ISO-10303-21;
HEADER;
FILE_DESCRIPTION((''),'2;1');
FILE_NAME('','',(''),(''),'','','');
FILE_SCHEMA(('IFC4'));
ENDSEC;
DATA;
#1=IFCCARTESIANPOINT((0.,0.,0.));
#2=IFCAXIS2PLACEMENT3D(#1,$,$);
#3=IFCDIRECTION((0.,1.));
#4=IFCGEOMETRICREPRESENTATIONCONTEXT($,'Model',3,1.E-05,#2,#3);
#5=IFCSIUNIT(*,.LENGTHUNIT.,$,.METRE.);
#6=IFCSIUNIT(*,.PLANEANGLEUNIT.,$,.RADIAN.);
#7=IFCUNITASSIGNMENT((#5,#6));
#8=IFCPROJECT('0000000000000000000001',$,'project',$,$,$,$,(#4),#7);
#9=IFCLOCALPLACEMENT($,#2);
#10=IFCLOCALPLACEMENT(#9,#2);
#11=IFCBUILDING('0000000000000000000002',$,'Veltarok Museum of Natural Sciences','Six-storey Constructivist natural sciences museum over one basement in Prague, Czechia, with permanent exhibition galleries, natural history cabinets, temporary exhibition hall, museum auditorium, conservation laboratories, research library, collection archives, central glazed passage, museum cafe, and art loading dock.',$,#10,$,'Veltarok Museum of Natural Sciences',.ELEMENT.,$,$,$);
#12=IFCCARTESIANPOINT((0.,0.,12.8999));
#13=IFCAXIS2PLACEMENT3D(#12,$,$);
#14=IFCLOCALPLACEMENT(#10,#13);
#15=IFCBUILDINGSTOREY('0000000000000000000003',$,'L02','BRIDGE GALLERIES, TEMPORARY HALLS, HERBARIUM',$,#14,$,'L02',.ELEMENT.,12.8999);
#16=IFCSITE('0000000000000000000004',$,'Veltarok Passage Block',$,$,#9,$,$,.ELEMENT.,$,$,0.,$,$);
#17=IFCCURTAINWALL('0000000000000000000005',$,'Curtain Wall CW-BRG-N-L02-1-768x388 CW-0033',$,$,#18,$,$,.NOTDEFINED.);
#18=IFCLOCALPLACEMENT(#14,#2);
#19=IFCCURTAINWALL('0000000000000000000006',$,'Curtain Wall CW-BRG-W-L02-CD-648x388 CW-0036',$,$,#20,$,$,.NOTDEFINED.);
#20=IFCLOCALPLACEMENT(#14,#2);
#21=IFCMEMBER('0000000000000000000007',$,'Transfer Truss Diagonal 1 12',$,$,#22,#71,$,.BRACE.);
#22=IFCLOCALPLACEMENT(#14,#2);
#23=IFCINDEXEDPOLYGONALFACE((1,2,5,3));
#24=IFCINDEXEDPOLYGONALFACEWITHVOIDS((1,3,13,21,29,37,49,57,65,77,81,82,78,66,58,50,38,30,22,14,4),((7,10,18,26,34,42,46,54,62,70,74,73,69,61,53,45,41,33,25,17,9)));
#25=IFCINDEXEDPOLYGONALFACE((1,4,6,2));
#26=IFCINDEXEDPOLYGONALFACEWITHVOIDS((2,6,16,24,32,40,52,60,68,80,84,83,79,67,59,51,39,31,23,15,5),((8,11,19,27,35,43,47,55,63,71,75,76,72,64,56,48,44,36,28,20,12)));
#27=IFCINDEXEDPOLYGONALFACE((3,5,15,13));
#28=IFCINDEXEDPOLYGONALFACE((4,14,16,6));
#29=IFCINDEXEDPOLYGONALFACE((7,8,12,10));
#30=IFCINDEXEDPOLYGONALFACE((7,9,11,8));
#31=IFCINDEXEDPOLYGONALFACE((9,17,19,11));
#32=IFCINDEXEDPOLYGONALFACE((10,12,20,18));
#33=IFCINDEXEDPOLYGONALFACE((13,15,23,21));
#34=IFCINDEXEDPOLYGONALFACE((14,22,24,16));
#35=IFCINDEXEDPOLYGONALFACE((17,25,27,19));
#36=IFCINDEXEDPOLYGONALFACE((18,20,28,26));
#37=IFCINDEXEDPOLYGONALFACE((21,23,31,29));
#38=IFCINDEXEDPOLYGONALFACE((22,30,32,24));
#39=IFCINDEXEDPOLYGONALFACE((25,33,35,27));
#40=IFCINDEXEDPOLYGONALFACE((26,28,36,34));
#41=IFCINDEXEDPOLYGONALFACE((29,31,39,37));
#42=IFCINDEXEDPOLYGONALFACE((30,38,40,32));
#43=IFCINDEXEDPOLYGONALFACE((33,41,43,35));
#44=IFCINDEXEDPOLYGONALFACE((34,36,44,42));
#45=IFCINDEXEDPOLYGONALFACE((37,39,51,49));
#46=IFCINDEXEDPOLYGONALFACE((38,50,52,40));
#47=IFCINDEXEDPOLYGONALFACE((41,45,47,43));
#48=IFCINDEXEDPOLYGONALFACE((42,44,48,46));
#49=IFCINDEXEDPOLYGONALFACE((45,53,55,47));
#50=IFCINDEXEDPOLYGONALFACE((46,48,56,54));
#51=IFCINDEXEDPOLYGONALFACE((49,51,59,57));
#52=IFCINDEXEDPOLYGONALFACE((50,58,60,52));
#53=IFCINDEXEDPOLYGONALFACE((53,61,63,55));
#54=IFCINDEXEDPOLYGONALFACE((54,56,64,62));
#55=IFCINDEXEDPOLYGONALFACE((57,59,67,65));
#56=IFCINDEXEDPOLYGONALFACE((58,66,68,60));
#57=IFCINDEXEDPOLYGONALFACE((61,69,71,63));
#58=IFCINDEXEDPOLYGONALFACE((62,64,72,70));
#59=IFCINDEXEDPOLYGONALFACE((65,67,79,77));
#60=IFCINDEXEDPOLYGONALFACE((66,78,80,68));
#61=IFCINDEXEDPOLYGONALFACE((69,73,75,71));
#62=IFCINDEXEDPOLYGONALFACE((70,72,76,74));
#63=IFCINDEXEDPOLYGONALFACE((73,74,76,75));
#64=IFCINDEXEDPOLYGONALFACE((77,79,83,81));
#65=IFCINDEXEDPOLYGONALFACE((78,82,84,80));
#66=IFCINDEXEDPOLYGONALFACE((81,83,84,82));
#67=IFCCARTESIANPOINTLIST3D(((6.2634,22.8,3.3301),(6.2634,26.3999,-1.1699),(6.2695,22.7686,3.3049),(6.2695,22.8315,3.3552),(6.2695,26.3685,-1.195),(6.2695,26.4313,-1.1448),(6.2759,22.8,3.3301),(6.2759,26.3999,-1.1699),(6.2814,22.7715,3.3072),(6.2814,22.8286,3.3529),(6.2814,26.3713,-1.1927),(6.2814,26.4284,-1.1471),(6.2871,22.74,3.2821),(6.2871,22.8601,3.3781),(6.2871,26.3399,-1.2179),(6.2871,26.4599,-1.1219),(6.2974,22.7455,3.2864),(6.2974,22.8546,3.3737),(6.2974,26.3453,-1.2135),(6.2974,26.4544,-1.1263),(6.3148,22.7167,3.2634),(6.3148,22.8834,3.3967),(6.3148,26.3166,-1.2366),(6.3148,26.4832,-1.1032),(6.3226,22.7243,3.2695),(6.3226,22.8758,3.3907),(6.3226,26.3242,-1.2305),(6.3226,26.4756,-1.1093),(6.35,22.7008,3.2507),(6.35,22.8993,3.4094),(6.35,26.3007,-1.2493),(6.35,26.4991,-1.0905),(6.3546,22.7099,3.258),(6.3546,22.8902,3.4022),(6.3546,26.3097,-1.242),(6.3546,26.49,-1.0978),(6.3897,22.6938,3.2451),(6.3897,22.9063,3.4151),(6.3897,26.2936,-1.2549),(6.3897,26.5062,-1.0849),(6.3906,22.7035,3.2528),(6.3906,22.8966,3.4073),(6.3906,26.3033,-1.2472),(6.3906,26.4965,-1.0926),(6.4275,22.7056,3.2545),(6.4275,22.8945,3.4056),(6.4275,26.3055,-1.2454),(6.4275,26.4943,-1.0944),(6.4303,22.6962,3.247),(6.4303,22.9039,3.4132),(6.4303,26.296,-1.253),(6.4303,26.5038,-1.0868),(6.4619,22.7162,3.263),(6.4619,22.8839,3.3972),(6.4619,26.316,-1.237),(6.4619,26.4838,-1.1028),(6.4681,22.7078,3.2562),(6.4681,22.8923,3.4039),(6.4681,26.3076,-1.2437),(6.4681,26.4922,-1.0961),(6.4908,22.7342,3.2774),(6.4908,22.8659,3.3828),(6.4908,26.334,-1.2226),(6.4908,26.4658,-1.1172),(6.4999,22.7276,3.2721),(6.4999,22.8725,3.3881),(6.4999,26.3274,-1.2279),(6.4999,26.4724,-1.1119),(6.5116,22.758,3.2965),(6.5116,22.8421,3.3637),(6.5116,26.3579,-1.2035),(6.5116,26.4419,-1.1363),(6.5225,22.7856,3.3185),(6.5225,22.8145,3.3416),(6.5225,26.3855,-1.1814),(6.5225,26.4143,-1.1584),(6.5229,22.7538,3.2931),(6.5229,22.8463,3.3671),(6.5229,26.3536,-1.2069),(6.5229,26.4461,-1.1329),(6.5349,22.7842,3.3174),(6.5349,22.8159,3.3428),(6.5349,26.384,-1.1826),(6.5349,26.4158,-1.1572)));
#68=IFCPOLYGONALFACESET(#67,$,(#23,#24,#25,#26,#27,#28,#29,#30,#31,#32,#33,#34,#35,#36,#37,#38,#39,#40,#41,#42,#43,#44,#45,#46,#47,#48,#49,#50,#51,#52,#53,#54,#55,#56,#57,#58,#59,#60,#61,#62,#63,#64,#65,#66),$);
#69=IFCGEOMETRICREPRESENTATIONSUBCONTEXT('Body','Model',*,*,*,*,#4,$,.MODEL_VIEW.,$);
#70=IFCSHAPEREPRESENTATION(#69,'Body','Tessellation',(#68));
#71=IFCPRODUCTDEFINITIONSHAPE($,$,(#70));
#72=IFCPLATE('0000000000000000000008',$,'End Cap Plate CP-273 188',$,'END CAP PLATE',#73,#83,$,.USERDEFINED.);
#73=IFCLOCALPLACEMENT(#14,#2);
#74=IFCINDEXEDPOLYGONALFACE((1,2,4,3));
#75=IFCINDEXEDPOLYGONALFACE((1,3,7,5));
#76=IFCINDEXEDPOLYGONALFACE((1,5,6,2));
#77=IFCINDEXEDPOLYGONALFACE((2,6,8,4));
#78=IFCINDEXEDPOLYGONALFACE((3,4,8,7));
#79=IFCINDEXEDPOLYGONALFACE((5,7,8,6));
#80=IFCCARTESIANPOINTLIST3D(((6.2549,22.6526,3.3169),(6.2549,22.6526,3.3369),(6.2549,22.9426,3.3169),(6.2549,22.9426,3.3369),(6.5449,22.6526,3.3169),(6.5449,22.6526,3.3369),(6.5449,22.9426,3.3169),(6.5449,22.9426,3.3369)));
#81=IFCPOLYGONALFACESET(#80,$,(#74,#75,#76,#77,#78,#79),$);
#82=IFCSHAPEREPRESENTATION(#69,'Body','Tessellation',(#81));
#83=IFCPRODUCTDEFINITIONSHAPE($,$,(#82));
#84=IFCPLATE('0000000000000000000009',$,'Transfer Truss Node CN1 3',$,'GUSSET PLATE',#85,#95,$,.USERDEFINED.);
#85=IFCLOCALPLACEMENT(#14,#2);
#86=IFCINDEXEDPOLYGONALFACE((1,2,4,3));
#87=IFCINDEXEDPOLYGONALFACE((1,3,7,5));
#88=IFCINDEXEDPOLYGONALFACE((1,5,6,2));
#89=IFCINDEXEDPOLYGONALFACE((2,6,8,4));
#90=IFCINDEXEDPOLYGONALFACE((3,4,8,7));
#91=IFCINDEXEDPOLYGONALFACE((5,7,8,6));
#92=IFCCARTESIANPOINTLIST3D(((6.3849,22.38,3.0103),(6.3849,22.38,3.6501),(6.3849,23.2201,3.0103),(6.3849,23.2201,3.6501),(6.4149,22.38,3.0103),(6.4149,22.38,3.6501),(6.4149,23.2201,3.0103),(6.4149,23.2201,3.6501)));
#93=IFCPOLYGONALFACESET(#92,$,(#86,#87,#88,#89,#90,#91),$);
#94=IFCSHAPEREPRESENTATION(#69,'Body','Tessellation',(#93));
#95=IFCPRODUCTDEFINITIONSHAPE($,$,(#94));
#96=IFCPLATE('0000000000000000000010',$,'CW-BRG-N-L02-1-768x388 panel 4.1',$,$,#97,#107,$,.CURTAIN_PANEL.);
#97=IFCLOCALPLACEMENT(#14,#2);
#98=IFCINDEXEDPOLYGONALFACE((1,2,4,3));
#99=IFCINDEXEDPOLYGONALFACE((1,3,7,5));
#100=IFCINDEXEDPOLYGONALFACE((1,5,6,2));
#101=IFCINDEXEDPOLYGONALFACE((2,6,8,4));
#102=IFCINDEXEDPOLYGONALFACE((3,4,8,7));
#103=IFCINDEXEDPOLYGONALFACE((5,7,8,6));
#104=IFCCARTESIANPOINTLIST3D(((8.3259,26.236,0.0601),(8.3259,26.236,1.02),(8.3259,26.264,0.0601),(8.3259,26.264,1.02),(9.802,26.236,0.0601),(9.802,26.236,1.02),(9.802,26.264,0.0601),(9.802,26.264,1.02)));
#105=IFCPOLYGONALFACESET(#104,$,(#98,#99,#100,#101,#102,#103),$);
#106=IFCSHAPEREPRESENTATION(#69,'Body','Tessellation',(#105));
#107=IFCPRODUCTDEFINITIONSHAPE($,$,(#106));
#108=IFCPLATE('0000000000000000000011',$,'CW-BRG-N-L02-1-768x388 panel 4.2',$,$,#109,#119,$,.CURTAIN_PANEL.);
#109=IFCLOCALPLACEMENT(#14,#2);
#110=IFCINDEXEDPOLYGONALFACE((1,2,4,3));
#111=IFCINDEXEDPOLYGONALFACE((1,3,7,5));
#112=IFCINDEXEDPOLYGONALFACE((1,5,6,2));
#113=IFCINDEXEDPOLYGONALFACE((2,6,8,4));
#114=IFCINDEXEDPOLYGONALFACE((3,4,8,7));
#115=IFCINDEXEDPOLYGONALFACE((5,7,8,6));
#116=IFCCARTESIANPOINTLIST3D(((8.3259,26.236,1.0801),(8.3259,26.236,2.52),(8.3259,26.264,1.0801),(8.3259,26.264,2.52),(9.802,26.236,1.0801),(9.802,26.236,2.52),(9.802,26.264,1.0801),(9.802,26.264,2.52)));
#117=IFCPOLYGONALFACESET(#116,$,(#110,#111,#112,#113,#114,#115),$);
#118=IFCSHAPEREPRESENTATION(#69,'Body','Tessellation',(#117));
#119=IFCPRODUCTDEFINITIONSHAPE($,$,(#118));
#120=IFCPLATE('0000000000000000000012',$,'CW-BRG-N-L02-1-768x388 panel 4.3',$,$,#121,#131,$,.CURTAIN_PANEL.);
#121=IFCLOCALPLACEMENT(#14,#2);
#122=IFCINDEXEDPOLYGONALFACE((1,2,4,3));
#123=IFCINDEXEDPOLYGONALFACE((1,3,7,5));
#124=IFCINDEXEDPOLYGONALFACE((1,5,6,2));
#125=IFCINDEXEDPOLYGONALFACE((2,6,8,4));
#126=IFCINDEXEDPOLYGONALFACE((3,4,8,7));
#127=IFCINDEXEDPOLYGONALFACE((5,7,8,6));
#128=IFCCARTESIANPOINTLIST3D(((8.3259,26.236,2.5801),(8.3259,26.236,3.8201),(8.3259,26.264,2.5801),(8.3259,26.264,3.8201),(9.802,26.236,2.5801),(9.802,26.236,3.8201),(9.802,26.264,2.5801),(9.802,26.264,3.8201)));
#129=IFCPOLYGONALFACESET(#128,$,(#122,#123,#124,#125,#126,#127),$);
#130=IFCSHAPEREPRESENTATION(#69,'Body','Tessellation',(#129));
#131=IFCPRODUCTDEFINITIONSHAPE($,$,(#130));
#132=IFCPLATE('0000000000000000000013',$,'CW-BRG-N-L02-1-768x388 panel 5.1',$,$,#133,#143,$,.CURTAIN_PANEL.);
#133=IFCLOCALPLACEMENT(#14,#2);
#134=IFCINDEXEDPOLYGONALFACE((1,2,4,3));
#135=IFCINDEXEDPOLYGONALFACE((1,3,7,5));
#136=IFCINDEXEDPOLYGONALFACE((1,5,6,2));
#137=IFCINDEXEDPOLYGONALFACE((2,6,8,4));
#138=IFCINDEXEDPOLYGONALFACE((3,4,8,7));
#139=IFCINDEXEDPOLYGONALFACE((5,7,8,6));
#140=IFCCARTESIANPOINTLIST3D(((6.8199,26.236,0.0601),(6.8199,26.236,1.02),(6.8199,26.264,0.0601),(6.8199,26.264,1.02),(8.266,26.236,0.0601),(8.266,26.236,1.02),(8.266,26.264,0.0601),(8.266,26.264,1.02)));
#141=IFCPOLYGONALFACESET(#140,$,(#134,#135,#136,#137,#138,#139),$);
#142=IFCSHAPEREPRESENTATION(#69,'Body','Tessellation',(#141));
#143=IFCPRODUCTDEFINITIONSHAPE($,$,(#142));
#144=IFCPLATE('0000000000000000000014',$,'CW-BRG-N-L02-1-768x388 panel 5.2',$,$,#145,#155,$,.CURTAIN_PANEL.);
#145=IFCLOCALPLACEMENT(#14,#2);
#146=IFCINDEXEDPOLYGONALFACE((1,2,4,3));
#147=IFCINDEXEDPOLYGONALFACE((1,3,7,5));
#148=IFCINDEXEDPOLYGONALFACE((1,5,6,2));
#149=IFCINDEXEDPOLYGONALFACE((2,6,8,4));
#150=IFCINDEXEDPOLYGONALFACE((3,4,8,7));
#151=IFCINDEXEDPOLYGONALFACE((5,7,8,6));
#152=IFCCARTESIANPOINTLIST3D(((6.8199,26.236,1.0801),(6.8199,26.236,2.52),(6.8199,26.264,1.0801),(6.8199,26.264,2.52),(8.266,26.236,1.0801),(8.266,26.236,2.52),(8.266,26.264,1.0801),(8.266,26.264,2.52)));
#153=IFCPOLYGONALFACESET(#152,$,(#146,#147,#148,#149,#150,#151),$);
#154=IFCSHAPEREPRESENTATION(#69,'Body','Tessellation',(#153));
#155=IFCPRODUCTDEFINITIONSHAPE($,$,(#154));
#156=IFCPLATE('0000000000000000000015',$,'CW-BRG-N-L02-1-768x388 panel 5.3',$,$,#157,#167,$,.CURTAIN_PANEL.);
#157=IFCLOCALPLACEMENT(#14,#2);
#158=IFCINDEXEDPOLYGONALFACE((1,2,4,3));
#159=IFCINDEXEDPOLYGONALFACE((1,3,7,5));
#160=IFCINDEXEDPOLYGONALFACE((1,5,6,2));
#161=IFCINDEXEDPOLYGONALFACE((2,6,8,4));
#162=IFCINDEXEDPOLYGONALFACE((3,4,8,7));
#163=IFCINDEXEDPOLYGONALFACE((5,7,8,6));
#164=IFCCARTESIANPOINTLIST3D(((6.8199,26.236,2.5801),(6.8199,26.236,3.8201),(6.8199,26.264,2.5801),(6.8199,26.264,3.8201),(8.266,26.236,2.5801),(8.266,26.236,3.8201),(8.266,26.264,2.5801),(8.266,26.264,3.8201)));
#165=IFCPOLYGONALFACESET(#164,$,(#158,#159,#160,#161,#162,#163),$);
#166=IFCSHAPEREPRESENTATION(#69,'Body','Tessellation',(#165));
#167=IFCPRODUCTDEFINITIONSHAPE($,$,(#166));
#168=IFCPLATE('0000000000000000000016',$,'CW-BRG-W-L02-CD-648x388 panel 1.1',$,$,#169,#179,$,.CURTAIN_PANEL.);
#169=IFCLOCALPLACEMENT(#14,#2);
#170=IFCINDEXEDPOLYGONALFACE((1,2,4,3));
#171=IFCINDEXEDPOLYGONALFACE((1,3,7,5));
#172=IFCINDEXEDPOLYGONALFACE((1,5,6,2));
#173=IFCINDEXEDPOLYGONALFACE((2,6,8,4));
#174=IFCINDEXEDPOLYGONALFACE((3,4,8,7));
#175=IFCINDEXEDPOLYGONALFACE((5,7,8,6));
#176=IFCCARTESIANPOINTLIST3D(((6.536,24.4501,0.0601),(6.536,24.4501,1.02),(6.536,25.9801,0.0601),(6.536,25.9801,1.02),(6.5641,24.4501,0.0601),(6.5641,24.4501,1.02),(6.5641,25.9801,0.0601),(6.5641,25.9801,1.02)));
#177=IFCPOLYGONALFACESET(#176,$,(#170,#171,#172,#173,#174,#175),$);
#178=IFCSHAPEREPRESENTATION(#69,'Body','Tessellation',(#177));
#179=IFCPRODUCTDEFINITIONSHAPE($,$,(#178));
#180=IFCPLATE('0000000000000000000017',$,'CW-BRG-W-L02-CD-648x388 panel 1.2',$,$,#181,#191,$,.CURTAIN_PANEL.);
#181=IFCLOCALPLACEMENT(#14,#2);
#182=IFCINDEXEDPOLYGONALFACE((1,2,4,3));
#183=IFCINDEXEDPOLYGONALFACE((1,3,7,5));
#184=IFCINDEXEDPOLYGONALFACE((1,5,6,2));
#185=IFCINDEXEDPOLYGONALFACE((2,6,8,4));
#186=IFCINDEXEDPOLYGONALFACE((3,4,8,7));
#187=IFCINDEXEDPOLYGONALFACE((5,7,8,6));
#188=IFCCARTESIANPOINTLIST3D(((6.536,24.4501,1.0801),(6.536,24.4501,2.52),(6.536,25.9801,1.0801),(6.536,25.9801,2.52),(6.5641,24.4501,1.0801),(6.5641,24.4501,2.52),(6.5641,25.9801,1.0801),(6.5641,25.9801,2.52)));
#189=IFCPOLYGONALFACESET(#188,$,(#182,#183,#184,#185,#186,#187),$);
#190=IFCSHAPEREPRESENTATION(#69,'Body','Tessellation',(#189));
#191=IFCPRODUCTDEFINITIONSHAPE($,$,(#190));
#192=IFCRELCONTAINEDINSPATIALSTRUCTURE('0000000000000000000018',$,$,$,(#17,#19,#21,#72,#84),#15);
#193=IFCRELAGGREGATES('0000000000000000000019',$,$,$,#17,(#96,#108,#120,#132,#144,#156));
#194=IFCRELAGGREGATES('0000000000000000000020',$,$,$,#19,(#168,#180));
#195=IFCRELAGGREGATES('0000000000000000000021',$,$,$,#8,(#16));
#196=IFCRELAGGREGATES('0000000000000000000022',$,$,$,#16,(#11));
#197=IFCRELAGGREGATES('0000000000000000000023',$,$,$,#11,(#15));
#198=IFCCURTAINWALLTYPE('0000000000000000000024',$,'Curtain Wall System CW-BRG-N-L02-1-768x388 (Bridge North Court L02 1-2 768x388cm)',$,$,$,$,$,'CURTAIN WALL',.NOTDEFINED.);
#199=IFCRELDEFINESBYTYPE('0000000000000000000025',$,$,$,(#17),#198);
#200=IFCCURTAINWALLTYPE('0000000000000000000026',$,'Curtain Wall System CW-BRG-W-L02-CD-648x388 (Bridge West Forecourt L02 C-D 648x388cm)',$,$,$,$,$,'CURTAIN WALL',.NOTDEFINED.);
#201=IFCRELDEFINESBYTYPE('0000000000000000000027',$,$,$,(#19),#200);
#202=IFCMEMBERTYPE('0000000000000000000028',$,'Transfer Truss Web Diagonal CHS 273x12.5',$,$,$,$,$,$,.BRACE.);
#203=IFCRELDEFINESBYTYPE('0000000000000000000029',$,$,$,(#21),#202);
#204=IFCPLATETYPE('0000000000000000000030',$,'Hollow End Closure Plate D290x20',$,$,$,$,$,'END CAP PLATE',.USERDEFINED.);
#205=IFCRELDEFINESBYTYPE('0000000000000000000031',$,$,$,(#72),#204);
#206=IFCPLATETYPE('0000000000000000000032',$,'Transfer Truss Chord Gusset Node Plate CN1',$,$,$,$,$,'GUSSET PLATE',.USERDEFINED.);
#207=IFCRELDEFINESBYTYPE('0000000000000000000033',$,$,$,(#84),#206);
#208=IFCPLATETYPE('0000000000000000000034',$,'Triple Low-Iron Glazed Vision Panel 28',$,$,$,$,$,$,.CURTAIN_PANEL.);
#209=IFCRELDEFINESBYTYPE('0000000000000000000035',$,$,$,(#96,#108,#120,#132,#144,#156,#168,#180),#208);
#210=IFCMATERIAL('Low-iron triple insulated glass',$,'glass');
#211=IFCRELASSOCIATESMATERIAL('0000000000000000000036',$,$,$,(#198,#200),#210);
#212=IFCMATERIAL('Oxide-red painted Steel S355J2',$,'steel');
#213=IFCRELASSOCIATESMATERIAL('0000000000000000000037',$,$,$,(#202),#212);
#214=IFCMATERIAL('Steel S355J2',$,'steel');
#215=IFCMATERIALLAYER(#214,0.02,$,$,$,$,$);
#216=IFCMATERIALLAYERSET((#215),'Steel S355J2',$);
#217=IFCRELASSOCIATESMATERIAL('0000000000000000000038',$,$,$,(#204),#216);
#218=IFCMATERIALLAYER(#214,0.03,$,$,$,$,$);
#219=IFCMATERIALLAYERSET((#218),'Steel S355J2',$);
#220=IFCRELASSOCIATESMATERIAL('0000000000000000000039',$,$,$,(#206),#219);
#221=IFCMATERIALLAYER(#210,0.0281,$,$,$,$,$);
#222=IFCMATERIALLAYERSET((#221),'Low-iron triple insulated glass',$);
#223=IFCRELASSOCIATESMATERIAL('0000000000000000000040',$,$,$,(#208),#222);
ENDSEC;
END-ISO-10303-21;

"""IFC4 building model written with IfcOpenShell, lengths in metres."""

from ifc_helpers import new_model, si_unit, direction, frame, origin, origin_2d, place, context, subcontext, project, spatial, rectangle, hollow_circle, extrude, material, layer, layer_set, material_profile, profile_set, type_object, element, aggregate, save


model = new_model("IFC4")

# Units and contexts
model_context = context("Model", 3, precision=1e-05, world=origin(), true_north=direction((0.0, 1.0)))
body_context = subcontext(model_context, "Body", "Model", "MODEL_VIEW")
ifc_project = project(units=[si_unit("LENGTHUNIT", "METRE"), si_unit("PLANEANGLEUNIT", "RADIAN")], contexts=[model_context])

# Site, building, storey
site_placement = place(None, origin())
site = spatial("IfcSite", under=ifc_project, at=site_placement, Name="Veltarok Passage Block", CompositionType="ELEMENT", RefElevation=0.0)
building_placement = place(site_placement, origin())
building = spatial("IfcBuilding", under=site, at=building_placement, Name="Veltarok Museum of Natural Sciences", Description="Six-storey Constructivist natural sciences museum over one basement in Prague, Czechia, with permanent exhibition galleries, natural history cabinets, temporary exhibition hall, museum auditorium, conservation laboratories, research library, collection archives, central glazed passage, museum cafe, and art loading dock.", LongName="Veltarok Museum of Natural Sciences", CompositionType="ELEMENT")
storey_placement = place(building_placement, frame((0.0, 0.0, 12.8999)))
storey = spatial("IfcBuildingStorey", under=building, at=storey_placement, Name="L02", Description="BRIDGE GALLERIES, TEMPORARY HALLS, HERBARIUM", LongName="L02", CompositionType="ELEMENT", Elevation=12.8999)

# Curtain walls
ifc_material_1 = material(Name="Low-iron triple insulated glass", Category="glass")
curtain_wall_type_1 = type_object("IfcCurtainWallType", Name="Curtain Wall System CW-BRG-N-L02-1-768x388 (Bridge North Court L02 1-2 768x388cm)", ElementType="CURTAIN WALL", PredefinedType="NOTDEFINED", material=ifc_material_1)
curtain_wall_1_placement = place(storey_placement, origin())
curtain_wall_1 = element("IfcCurtainWall", 1, at=curtain_wall_1_placement, inside=storey, type_object=curtain_wall_type_1, Name="Curtain Wall CW-BRG-N-L02-1-768x388 CW-0033", PredefinedType="NOTDEFINED")
curtain_wall_type_2 = type_object("IfcCurtainWallType", Name="Curtain Wall System CW-BRG-W-L02-CD-648x388 (Bridge West Forecourt L02 C-D 648x388cm)", ElementType="CURTAIN WALL", PredefinedType="NOTDEFINED", material=ifc_material_1)
curtain_wall_2_placement = place(storey_placement, origin())
curtain_wall_2 = element("IfcCurtainWall", 2, at=curtain_wall_2_placement, inside=storey, type_object=curtain_wall_type_2, Name="Curtain Wall CW-BRG-W-L02-CD-648x388 CW-0036", PredefinedType="NOTDEFINED")

# Member
ifc_material_2 = material(Name="Oxide-red painted Steel S355J2", Category="steel")
ifc_material_profile_1 = material_profile(ifc_material_2, hollow_circle(Radius=0.1365, WallThickness=0.0125, at=origin_2d()), Name="CHS 273x12.5")
ifc_profile_set_1 = profile_set([ifc_material_profile_1], Name="Oxide-red painted Steel S355J2")
member_type_1 = type_object("IfcMemberType", Name="Transfer Truss Web Diagonal CHS 273x12.5", PredefinedType="BRACE", material=ifc_profile_set_1)
member_1_placement = place(storey_placement, frame((6.3999, 22.8, 3.3301), z_axis=(0.0, 0.62468, -0.780881), x_axis=(-1.0, 0.0, 0.0)))
element("IfcMember", 3, at=member_1_placement, inside=storey, type_object=member_type_1, Name="Transfer Truss Diagonal 1 12", PredefinedType="BRACE", context=body_context, shape_type="SweptSolid", body=[
    extrude(hollow_circle(Radius=0.1365, WallThickness=0.0125, at=origin_2d()), origin(), (0.0, 0.0, 1.0), 5.7627),
])

# Plates
ifc_material_3 = material(Name="Steel S355J2", Category="steel")
ifc_layer_1 = layer(ifc_material_3, 0.02)
ifc_layer_set_1 = layer_set([ifc_layer_1], Name="Steel S355J2")
plate_type_1 = type_object("IfcPlateType", Name="Hollow End Closure Plate D290x20", ElementType="END CAP PLATE", PredefinedType="USERDEFINED", material=ifc_layer_set_1)
plate_1_placement = place(storey_placement, frame((6.3999, 22.7976, 3.3169), z_axis=(0.0, 0.0, 1.0), x_axis=(0.0, 1.0, 0.0)))
element("IfcPlate", 4, at=plate_1_placement, inside=storey, type_object=plate_type_1, Name="End Cap Plate CP-273 188", ObjectType="END CAP PLATE", PredefinedType="USERDEFINED", context=body_context, shape_type="SweptSolid", body=[
    extrude(rectangle(XDim=0.29, YDim=0.29, at=origin_2d()), origin(), (0.0, 0.0, 1.0), 0.02),
])
ifc_layer_2 = layer(ifc_material_3, 0.03)
ifc_layer_set_2 = layer_set([ifc_layer_2], Name="Steel S355J2")
plate_type_2 = type_object("IfcPlateType", Name="Transfer Truss Chord Gusset Node Plate CN1", ElementType="GUSSET PLATE", PredefinedType="USERDEFINED", material=ifc_layer_set_2)
plate_2_placement = place(storey_placement, frame((6.3999, 22.8, 3.0103), z_axis=(0.0, 0.0, 1.0), x_axis=(1.0, 0.0, 0.0)))
element("IfcPlate", 5, at=plate_2_placement, inside=storey, type_object=plate_type_2, Name="Transfer Truss Node CN1 3", ObjectType="GUSSET PLATE", PredefinedType="USERDEFINED", context=body_context, shape_type="SweptSolid", body=[
    extrude(rectangle(XDim=0.03, YDim=0.8401, at=origin_2d()), origin(), (0.0, 0.0, 1.0), 0.6399),
])

# Plates
ifc_layer_3 = layer(ifc_material_1, 0.0281)
ifc_layer_set_3 = layer_set([ifc_layer_3], Name="Low-iron triple insulated glass")
plate_type_3 = type_object("IfcPlateType", Name="Triple Low-Iron Glazed Vision Panel 28", PredefinedType="CURTAIN_PANEL", material=ifc_layer_set_3)
plate_3_placement = place(storey_placement, frame((9.064, 26.25, 0.0601), z_axis=(0.0, 0.0, 1.0), x_axis=(-1.0, 0.0, 0.0)))
plate_3 = element("IfcPlate", 6, at=plate_3_placement, type_object=plate_type_3, Name="CW-BRG-N-L02-1-768x388 panel 4.1", PredefinedType="CURTAIN_PANEL", context=body_context, shape_type="SweptSolid", body=[
    extrude(rectangle(XDim=1.4761, YDim=0.0281, at=origin_2d()), origin(), (0.0, 0.0, 1.0), 0.96),
])
plate_4_placement = place(storey_placement, frame((9.064, 26.25, 1.0801), z_axis=(0.0, 0.0, 1.0), x_axis=(-1.0, 0.0, 0.0)))
plate_4 = element("IfcPlate", 7, at=plate_4_placement, type_object=plate_type_3, Name="CW-BRG-N-L02-1-768x388 panel 4.2", PredefinedType="CURTAIN_PANEL", context=body_context, shape_type="SweptSolid", body=[
    extrude(rectangle(XDim=1.4761, YDim=0.0281, at=origin_2d()), origin(), (0.0, 0.0, 1.0), 1.4399),
])
plate_5_placement = place(storey_placement, frame((9.064, 26.25, 2.5801), z_axis=(0.0, 0.0, 1.0), x_axis=(-1.0, 0.0, 0.0)))
plate_5 = element("IfcPlate", 8, at=plate_5_placement, type_object=plate_type_3, Name="CW-BRG-N-L02-1-768x388 panel 4.3", PredefinedType="CURTAIN_PANEL", context=body_context, shape_type="SweptSolid", body=[
    extrude(rectangle(XDim=1.4761, YDim=0.0281, at=origin_2d()), origin(), (0.0, 0.0, 1.0), 1.24),
])
plate_6_placement = place(storey_placement, frame((7.543, 26.25, 0.0601), z_axis=(0.0, 0.0, 1.0), x_axis=(-1.0, 0.0, 0.0)))
plate_6 = element("IfcPlate", 9, at=plate_6_placement, type_object=plate_type_3, Name="CW-BRG-N-L02-1-768x388 panel 5.1", PredefinedType="CURTAIN_PANEL", context=body_context, shape_type="SweptSolid", body=[
    extrude(rectangle(XDim=1.446, YDim=0.0281, at=origin_2d()), origin(), (0.0, 0.0, 1.0), 0.96),
])
plate_7_placement = place(storey_placement, frame((7.543, 26.25, 1.0801), z_axis=(0.0, 0.0, 1.0), x_axis=(-1.0, 0.0, 0.0)))
plate_7 = element("IfcPlate", 10, at=plate_7_placement, type_object=plate_type_3, Name="CW-BRG-N-L02-1-768x388 panel 5.2", PredefinedType="CURTAIN_PANEL", context=body_context, shape_type="SweptSolid", body=[
    extrude(rectangle(XDim=1.446, YDim=0.0281, at=origin_2d()), origin(), (0.0, 0.0, 1.0), 1.4399),
])
plate_8_placement = place(storey_placement, frame((7.543, 26.25, 2.5801), z_axis=(0.0, 0.0, 1.0), x_axis=(-1.0, 0.0, 0.0)))
plate_8 = element("IfcPlate", 11, at=plate_8_placement, type_object=plate_type_3, Name="CW-BRG-N-L02-1-768x388 panel 5.3", PredefinedType="CURTAIN_PANEL", context=body_context, shape_type="SweptSolid", body=[
    extrude(rectangle(XDim=1.446, YDim=0.0281, at=origin_2d()), origin(), (0.0, 0.0, 1.0), 1.24),
])
aggregate(curtain_wall_1, [plate_3, plate_4, plate_5, plate_6, plate_7, plate_8])
plate_9_placement = place(storey_placement, frame((6.55, 25.2151, 0.0601), z_axis=(0.0, 0.0, 1.0), x_axis=(0.0, -1.0, 0.0)))
plate_9 = element("IfcPlate", 12, at=plate_9_placement, type_object=plate_type_3, Name="CW-BRG-W-L02-CD-648x388 panel 1.1", PredefinedType="CURTAIN_PANEL", context=body_context, shape_type="SweptSolid", body=[
    extrude(rectangle(XDim=1.53, YDim=0.0281, at=origin_2d()), origin(), (0.0, 0.0, 1.0), 0.96),
])
plate_10_placement = place(storey_placement, frame((6.55, 25.2151, 1.0801), z_axis=(0.0, 0.0, 1.0), x_axis=(0.0, -1.0, 0.0)))
plate_10 = element("IfcPlate", 13, at=plate_10_placement, type_object=plate_type_3, Name="CW-BRG-W-L02-CD-648x388 panel 1.2", PredefinedType="CURTAIN_PANEL", context=body_context, shape_type="SweptSolid", body=[
    extrude(rectangle(XDim=1.53, YDim=0.0281, at=origin_2d()), origin(), (0.0, 0.0, 1.0), 1.4399),
])
aggregate(curtain_wall_2, [plate_9, plate_10])

save(model, "model.ifc")
